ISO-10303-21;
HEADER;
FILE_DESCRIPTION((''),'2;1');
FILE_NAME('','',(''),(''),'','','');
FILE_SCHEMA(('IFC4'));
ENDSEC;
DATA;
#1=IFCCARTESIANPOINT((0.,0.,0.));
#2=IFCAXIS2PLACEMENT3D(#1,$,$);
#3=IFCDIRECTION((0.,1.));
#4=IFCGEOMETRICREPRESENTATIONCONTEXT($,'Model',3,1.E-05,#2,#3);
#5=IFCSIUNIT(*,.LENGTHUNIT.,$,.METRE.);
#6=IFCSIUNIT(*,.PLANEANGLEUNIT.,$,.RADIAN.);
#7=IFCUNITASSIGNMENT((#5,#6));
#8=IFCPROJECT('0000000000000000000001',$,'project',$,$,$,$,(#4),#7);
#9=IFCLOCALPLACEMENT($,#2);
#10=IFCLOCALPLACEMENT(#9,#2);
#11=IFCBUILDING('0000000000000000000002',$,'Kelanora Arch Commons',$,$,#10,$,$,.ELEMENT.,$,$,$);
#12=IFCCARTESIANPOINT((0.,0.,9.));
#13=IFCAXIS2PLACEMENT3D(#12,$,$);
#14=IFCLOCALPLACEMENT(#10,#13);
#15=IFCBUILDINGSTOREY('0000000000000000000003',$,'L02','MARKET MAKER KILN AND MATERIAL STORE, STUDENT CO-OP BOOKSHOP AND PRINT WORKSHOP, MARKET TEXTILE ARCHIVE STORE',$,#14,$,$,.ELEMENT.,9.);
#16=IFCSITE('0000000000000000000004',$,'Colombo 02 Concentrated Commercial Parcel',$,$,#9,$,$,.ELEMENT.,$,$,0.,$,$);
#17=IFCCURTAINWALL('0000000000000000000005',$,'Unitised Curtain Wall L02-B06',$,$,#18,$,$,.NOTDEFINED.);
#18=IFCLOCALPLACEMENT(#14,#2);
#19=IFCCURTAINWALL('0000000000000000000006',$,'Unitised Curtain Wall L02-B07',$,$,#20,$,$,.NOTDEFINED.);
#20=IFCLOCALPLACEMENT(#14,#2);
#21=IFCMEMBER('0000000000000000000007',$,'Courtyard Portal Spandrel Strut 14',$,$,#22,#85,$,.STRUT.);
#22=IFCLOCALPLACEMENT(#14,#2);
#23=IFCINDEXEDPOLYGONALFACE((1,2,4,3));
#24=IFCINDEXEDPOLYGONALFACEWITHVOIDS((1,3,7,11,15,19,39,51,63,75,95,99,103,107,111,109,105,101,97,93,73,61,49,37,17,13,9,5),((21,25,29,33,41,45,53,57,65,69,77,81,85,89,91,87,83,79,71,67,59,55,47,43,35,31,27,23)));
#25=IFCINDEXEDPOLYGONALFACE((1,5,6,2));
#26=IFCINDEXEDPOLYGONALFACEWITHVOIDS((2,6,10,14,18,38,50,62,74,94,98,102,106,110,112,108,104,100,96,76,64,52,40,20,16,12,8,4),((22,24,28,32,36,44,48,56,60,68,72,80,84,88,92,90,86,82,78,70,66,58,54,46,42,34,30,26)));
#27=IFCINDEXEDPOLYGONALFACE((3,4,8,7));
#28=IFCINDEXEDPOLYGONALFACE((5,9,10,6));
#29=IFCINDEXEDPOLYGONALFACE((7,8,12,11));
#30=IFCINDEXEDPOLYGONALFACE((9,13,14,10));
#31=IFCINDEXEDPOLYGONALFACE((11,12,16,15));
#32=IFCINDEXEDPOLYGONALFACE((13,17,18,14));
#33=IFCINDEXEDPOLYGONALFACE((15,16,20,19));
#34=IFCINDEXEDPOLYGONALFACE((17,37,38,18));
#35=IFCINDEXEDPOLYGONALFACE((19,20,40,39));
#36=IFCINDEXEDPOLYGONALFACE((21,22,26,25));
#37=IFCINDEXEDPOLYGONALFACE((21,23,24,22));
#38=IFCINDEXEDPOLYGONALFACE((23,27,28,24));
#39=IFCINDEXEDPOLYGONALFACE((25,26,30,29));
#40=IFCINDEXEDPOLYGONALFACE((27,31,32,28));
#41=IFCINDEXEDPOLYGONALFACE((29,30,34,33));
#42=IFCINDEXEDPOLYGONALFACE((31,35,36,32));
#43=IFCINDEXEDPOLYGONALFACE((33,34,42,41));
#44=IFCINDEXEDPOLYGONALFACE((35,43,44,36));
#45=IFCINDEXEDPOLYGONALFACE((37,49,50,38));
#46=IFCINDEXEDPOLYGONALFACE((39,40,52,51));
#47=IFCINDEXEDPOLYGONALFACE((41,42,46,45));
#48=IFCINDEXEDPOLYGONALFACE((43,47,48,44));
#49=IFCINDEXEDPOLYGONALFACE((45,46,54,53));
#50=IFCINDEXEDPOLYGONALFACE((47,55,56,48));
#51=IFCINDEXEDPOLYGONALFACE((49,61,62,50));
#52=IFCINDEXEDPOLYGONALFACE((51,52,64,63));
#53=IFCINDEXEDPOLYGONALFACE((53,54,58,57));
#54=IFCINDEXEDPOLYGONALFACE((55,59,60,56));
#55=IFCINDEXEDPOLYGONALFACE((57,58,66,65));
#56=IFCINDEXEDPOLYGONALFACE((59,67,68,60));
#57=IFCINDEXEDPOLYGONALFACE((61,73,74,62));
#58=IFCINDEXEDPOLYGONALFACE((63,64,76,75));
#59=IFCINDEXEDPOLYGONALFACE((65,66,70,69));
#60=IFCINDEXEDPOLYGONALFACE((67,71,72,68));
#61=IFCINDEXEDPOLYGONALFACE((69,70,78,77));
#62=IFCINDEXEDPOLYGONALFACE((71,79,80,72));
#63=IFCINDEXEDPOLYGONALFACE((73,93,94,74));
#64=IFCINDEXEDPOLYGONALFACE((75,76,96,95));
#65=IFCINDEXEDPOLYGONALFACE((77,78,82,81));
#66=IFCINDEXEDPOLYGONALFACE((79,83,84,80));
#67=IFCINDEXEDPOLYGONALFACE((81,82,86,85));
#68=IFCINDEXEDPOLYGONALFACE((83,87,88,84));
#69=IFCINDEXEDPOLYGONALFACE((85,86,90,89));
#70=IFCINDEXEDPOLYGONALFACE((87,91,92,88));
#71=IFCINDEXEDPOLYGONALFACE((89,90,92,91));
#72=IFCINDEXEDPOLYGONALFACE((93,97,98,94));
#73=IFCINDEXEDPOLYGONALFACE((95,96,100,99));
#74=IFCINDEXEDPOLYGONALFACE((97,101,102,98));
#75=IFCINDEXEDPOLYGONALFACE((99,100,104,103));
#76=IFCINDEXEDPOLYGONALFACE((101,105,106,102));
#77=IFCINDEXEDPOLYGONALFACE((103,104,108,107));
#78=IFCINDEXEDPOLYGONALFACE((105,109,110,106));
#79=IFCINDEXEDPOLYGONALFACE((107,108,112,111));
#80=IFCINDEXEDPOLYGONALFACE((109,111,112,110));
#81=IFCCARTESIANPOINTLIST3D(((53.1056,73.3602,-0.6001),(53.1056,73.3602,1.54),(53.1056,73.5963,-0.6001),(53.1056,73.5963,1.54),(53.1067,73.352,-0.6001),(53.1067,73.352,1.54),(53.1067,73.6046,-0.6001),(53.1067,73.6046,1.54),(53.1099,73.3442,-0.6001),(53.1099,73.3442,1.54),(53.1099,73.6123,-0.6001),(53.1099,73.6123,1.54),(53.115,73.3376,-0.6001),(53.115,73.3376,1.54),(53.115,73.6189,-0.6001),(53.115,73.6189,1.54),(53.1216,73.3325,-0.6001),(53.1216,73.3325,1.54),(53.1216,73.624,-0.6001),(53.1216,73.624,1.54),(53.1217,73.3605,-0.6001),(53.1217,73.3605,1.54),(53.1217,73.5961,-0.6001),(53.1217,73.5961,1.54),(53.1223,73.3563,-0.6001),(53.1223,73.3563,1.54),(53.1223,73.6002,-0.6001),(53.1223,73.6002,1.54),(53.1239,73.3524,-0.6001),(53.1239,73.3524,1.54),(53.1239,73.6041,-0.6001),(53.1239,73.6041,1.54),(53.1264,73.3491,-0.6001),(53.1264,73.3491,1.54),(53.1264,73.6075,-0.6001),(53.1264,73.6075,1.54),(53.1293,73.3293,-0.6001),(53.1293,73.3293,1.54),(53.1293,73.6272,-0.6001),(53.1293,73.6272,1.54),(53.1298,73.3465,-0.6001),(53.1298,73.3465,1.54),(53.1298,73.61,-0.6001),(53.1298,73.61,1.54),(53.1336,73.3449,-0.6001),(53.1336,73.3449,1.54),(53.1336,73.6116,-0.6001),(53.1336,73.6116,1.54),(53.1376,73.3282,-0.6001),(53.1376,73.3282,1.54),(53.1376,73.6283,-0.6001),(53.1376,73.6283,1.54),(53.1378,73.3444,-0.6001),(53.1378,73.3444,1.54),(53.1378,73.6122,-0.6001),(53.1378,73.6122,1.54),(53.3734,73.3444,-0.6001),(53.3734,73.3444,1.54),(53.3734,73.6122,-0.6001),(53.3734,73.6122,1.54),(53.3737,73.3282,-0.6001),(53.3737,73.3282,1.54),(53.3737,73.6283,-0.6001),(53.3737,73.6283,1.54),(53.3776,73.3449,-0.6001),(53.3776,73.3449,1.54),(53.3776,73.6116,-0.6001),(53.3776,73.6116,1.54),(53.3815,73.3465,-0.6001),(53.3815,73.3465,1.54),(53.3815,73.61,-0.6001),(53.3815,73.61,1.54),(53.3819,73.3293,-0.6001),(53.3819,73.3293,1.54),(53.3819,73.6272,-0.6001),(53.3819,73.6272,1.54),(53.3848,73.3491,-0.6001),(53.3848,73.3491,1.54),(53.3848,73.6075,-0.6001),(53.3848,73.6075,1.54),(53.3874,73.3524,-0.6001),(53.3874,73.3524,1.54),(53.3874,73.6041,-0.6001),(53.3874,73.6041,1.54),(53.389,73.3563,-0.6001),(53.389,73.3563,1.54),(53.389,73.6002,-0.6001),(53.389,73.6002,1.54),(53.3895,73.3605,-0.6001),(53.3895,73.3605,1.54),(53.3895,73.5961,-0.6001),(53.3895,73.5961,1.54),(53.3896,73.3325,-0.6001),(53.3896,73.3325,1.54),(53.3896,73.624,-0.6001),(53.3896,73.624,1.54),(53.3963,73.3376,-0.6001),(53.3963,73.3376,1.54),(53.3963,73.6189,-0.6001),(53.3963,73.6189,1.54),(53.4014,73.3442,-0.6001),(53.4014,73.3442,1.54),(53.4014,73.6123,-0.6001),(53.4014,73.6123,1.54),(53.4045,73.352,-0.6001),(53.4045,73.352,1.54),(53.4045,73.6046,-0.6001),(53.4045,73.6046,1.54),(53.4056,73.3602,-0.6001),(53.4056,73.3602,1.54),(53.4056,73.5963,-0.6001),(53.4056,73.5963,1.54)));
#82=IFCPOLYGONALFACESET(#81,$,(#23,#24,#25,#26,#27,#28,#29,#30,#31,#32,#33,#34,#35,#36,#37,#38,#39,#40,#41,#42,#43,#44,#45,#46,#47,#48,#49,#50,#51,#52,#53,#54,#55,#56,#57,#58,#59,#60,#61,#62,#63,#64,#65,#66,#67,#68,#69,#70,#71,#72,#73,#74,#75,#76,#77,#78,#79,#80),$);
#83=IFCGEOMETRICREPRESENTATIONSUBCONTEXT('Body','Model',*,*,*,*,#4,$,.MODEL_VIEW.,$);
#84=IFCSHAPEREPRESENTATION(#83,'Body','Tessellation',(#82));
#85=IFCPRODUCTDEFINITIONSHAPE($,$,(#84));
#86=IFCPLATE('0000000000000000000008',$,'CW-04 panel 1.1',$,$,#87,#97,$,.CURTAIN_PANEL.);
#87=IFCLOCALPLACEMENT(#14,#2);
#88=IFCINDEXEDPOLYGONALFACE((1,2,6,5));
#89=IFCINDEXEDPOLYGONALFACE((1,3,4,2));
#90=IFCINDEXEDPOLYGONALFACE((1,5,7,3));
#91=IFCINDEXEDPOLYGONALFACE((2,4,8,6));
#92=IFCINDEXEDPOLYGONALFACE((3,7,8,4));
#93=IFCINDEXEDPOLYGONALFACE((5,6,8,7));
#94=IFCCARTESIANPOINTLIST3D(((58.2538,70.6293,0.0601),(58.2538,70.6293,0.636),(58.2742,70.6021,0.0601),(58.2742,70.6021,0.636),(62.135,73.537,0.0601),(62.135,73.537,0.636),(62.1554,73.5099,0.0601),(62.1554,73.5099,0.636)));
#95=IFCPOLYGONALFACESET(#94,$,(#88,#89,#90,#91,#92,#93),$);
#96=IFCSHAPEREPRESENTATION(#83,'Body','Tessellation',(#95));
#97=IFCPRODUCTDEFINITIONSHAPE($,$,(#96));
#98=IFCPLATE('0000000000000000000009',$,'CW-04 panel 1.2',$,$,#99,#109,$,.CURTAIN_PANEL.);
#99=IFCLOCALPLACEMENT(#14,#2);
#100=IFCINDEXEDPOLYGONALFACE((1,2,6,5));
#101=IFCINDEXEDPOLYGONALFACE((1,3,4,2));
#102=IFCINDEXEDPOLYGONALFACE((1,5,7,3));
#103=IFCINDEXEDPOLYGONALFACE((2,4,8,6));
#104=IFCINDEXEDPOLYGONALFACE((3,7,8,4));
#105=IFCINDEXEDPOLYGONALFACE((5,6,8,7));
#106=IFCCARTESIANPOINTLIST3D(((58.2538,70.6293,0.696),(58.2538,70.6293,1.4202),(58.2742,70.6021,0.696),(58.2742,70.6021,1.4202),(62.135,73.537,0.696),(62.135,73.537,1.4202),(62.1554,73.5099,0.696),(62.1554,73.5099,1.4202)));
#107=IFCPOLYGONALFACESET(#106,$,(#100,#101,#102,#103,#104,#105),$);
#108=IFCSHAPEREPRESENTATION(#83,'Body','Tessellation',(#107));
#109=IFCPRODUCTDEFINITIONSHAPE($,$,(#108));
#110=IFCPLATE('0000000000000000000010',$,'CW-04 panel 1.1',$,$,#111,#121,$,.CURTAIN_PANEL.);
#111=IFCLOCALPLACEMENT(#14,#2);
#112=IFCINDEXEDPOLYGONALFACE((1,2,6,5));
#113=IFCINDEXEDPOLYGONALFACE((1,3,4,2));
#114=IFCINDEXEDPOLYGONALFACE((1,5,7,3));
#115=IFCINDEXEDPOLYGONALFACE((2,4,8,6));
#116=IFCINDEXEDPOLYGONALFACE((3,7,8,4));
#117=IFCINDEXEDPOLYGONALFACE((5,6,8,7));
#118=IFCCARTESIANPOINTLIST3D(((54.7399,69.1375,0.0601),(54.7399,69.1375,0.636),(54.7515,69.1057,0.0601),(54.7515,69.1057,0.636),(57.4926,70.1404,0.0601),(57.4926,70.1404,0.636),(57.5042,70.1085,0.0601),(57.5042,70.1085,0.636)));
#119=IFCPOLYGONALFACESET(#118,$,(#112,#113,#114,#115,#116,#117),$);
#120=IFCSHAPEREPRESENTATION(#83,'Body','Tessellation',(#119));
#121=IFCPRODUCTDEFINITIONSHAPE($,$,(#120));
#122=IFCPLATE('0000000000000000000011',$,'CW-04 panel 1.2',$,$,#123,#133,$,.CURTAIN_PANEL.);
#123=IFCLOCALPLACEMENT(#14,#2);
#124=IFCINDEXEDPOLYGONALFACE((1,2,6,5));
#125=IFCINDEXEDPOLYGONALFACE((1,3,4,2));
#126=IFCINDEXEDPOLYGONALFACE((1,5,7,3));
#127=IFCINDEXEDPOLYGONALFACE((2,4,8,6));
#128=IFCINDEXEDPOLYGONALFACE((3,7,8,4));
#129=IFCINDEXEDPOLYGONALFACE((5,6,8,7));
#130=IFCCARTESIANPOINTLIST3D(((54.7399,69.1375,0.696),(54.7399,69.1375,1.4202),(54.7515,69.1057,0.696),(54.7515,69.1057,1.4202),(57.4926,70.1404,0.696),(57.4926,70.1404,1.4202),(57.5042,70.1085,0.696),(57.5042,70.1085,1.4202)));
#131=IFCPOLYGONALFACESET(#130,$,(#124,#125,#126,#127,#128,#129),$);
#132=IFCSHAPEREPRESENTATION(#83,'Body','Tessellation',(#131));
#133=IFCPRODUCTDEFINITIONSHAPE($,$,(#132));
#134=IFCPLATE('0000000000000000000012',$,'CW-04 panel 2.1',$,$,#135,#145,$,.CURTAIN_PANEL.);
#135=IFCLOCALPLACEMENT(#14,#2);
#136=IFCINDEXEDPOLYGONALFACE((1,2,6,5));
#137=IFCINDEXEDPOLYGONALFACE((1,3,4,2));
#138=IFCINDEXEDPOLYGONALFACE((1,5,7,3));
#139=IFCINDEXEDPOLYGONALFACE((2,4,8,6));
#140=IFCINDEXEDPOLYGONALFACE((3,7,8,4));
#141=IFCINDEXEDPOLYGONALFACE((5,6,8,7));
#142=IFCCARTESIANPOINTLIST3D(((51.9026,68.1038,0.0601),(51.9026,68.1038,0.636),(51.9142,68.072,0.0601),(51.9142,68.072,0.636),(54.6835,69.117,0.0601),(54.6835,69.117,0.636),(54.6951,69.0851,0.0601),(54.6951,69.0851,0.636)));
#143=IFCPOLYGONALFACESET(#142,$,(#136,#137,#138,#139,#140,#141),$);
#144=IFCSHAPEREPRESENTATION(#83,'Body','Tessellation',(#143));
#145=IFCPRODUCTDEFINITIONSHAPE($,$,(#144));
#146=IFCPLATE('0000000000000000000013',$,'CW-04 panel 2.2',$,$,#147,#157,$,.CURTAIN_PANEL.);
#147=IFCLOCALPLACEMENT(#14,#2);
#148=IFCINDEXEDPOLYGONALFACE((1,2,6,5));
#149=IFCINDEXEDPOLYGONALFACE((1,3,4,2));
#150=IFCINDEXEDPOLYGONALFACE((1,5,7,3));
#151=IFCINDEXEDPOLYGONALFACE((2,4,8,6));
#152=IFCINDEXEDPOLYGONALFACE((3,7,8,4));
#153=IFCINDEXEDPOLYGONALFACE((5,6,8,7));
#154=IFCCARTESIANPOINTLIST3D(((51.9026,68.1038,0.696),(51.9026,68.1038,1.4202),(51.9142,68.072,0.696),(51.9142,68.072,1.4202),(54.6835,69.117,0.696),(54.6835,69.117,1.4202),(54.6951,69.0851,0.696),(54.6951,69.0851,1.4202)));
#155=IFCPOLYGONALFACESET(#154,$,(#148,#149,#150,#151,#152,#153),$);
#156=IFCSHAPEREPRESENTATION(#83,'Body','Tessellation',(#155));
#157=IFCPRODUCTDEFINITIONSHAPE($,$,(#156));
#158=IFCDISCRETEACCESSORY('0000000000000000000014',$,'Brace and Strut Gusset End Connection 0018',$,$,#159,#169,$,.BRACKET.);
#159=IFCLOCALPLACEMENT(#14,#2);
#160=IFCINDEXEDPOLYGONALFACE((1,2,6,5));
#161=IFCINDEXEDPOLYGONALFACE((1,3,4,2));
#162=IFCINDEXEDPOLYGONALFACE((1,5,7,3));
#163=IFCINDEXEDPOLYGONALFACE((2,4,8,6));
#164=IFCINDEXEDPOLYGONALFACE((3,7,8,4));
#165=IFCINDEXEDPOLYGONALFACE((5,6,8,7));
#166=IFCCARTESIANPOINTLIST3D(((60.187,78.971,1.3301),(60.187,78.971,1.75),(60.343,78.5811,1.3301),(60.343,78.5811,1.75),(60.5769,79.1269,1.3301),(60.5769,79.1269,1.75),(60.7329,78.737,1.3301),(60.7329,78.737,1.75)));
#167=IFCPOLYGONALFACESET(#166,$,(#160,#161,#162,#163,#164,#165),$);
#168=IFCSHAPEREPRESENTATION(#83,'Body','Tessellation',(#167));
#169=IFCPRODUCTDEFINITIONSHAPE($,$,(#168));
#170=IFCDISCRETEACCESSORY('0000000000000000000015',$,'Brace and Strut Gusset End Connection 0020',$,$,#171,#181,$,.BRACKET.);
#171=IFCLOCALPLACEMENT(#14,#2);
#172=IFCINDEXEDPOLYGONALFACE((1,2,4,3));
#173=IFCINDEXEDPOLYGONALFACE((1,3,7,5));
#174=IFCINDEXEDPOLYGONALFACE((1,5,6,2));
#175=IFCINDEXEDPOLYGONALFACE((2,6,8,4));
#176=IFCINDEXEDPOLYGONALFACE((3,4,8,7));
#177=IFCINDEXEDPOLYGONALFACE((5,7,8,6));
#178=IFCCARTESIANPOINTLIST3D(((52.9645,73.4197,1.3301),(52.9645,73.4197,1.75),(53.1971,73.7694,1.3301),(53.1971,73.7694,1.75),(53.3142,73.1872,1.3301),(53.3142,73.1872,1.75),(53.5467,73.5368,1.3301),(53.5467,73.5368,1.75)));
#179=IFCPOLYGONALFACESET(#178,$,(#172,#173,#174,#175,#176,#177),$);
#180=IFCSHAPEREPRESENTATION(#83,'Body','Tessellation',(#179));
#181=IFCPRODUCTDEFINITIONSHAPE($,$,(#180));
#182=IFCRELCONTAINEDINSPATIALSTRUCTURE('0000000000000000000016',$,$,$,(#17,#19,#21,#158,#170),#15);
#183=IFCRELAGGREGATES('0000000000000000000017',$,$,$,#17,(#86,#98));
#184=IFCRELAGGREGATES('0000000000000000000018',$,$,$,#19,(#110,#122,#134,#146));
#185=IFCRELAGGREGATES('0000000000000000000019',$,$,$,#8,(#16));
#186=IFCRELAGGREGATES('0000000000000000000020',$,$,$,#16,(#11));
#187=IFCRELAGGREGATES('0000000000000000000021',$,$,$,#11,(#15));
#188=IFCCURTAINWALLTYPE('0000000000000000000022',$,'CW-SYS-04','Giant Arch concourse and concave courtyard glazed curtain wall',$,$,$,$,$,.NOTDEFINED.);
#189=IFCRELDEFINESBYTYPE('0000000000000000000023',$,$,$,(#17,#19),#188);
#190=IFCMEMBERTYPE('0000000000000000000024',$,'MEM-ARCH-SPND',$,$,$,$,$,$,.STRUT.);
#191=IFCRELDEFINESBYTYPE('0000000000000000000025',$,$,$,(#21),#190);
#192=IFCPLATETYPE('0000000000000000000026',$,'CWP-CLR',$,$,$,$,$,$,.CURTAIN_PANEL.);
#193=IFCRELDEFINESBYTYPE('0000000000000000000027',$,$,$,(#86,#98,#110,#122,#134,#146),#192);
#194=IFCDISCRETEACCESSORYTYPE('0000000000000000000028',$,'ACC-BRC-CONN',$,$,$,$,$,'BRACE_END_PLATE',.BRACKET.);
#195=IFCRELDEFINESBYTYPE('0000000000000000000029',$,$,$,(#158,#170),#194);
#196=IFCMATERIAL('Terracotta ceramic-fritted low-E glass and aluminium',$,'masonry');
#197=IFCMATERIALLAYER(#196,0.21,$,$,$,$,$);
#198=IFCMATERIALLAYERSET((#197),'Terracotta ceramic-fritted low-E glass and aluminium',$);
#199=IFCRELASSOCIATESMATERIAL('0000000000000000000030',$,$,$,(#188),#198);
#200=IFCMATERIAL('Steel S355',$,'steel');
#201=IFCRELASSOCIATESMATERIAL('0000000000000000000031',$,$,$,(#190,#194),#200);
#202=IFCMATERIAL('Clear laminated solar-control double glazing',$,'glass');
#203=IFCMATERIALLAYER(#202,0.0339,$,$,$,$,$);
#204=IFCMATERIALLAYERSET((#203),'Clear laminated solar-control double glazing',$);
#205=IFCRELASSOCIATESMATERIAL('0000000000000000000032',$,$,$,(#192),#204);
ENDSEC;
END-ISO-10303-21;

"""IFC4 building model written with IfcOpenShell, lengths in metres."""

from ifc_helpers import new_model, si_unit, direction, frame, origin, origin_2d, place, context, subcontext, project, spatial, rectangle, hollow_rectangle, extrude, source, transform, mapped, material, layer, layer_set, material_profile, profile_set, type_object, element, aggregate, save


model = new_model("IFC4")

# Units and contexts
model_context = context("Model", 3, precision=1e-05, world=origin(), true_north=direction((0.0, 1.0)))
body_context = subcontext(model_context, "Body", "Model", "MODEL_VIEW")
ifc_project = project(units=[si_unit("LENGTHUNIT", "METRE"), si_unit("PLANEANGLEUNIT", "RADIAN")], contexts=[model_context])

# Site, building, storey
site_placement = place(None, origin())
site = spatial("IfcSite", under=ifc_project, at=site_placement, Name="Colombo 02 Concentrated Commercial Parcel", CompositionType="ELEMENT", RefElevation=0.0)
building_placement = place(site_placement, origin())
building = spatial("IfcBuilding", under=site, at=building_placement, Name="Kelanora Arch Commons", CompositionType="ELEMENT")
storey_placement = place(building_placement, frame((0.0, 0.0, 9.0)))
storey = spatial("IfcBuildingStorey", under=building, at=storey_placement, Name="L02", Description="MARKET MAKER KILN AND MATERIAL STORE, STUDENT CO-OP BOOKSHOP AND PRINT WORKSHOP, MARKET TEXTILE ARCHIVE STORE", CompositionType="ELEMENT", Elevation=9.0)

# Shared definitions
ifc_material_1 = material(Name="Steel S355", Category="steel")

# Curtain wall
ifc_material_2 = material(Name="Terracotta ceramic-fritted low-E glass and aluminium", Category="masonry")
ifc_layer_1 = layer(ifc_material_2, 0.21)
ifc_layer_set_1 = layer_set([ifc_layer_1], Name="Terracotta ceramic-fritted low-E glass and aluminium")
curtain_wall_type = type_object("IfcCurtainWallType", Name="CW-SYS-04", Description="Giant Arch concourse and concave courtyard glazed curtain wall", PredefinedType="NOTDEFINED", material=ifc_layer_set_1)
curtain_wall_1_placement = place(storey_placement, origin())
curtain_wall_1 = element("IfcCurtainWall", 1, at=curtain_wall_1_placement, inside=storey, type_object=curtain_wall_type, Name="Unitised Curtain Wall L02-B06", PredefinedType="NOTDEFINED")

# Curtain wall
curtain_wall_2_placement = place(storey_placement, origin())
curtain_wall_2 = element("IfcCurtainWall", 2, at=curtain_wall_2_placement, inside=storey, type_object=curtain_wall_type, Name="Unitised Curtain Wall L02-B07", PredefinedType="NOTDEFINED")

# Member
ifc_material_profile_1 = material_profile(ifc_material_1, hollow_rectangle(XDim=0.3, YDim=0.3, WallThickness=0.0161, InnerFilletRadius=0.0161, OuterFilletRadius=0.032, at=origin_2d()), Name="SHS300x300x16")
ifc_profile_set_1 = profile_set([ifc_material_profile_1], Name="Steel S355")
member_type_1 = type_object("IfcMemberType", Name="MEM-ARCH-SPND", PredefinedType="STRUT", material=ifc_profile_set_1)
for number, where, z_axis, x_axis, name in (
    (3, (53.2556, 73.4783, -0.6001), (0.0, 0.0, 1.0), (1.0, 0.0, 0.0), "Courtyard Portal Spandrel Strut 14"),
):
    element("IfcMember", number, at=place(storey_placement, frame(where, z_axis=z_axis, x_axis=x_axis)), inside=storey, type_object=member_type_1, Name=name, PredefinedType="STRUT", context=body_context, shape_type="SweptSolid", body=[
        extrude(hollow_rectangle(XDim=0.3, YDim=0.3, WallThickness=0.0161, InnerFilletRadius=0.0161, OuterFilletRadius=0.032, at=origin_2d()), origin(), (0.0, 0.0, 1.0), 2.1401),
    ])

# Plates
ifc_material_3 = material(Name="Clear laminated solar-control double glazing", Category="glass")
ifc_layer_2 = layer(ifc_material_3, 0.0339)
ifc_layer_set_2 = layer_set([ifc_layer_2], Name="Clear laminated solar-control double glazing")
plate_type = type_object("IfcPlateType", Name="CWP-CLR", PredefinedType="CURTAIN_PANEL", material=ifc_layer_set_2)
shared_shape_1 = source(origin(), body_context, "Body", "SweptSolid", [
    extrude(rectangle(XDim=4.8496, YDim=0.0339, at=origin_2d()), origin(), (0.0, 0.0, 1.0), 0.5759),
])
plate_1_placement = place(storey_placement, frame((60.2046, 72.0696, 0.0601), z_axis=(0.0, 0.0, 1.0), x_axis=(-0.800309, -0.599588, 0.0)))
plate_1 = element("IfcPlate", 4, at=plate_1_placement, type_object=plate_type, Name="CW-04 panel 1.1", PredefinedType="CURTAIN_PANEL", context=body_context, shape_type="MappedRepresentation", body=[
    mapped(shared_shape_1, transform((0.0, 0.0, 0.0), scale=1.0)),
])
shared_shape_2 = source(origin(), body_context, "Body", "SweptSolid", [
    extrude(rectangle(XDim=4.8496, YDim=0.0339, at=origin_2d()), origin(), (0.0, 0.0, 1.0), 0.7241),
])
plate_2_placement = place(storey_placement, frame((60.2046, 72.0696, 0.696), z_axis=(0.0, 0.0, 1.0), x_axis=(-0.800309, -0.599588, 0.0)))
plate_2 = element("IfcPlate", 5, at=plate_2_placement, type_object=plate_type, Name="CW-04 panel 1.2", PredefinedType="CURTAIN_PANEL", context=body_context, shape_type="MappedRepresentation", body=[
    mapped(shared_shape_2, transform((0.0, 0.0, 0.0), scale=1.0)),
])
aggregate(curtain_wall_1, [plate_1, plate_2])
shared_shape_3 = source(origin(), body_context, "Body", "SweptSolid", [
    extrude(rectangle(XDim=2.9297, YDim=0.0339, at=origin_2d()), origin(), (0.0, 0.0, 1.0), 0.5759),
])
plate_3_placement = place(storey_placement, frame((56.1221, 69.623, 0.0601), z_axis=(0.0, 0.0, 1.0), x_axis=(-0.939584, -0.342318, 0.0)))
plate_3 = element("IfcPlate", 6, at=plate_3_placement, type_object=plate_type, Name="CW-04 panel 1.1", PredefinedType="CURTAIN_PANEL", context=body_context, shape_type="MappedRepresentation", body=[
    mapped(shared_shape_3, transform((0.0, 0.0, 0.0), scale=1.0)),
])
shared_shape_4 = source(origin(), body_context, "Body", "SweptSolid", [
    extrude(rectangle(XDim=2.9297, YDim=0.0339, at=origin_2d()), origin(), (0.0, 0.0, 1.0), 0.7241),
])
plate_4_placement = place(storey_placement, frame((56.1221, 69.623, 0.696), z_axis=(0.0, 0.0, 1.0), x_axis=(-0.939584, -0.342318, 0.0)))
plate_4 = element("IfcPlate", 7, at=plate_4_placement, type_object=plate_type, Name="CW-04 panel 1.2", PredefinedType="CURTAIN_PANEL", context=body_context, shape_type="MappedRepresentation", body=[
    mapped(shared_shape_4, transform((0.0, 0.0, 0.0), scale=1.0)),
])
shared_shape_5 = source(origin(), body_context, "Body", "SweptSolid", [
    extrude(rectangle(XDim=2.9597, YDim=0.0339, at=origin_2d()), origin(), (0.0, 0.0, 1.0), 0.5759),
])
plate_5_placement = place(storey_placement, frame((53.2988, 68.5945, 0.0601), z_axis=(0.0, 0.0, 1.0), x_axis=(-0.939584, -0.342318, 0.0)))
plate_5 = element("IfcPlate", 8, at=plate_5_placement, type_object=plate_type, Name="CW-04 panel 2.1", PredefinedType="CURTAIN_PANEL", context=body_context, shape_type="MappedRepresentation", body=[
    mapped(shared_shape_5, transform((0.0, 0.0, 0.0), scale=1.0)),
])
shared_shape_6 = source(origin(), body_context, "Body", "SweptSolid", [
    extrude(rectangle(XDim=2.9597, YDim=0.0339, at=origin_2d()), origin(), (0.0, 0.0, 1.0), 0.7241),
])
plate_6_placement = place(storey_placement, frame((53.2988, 68.5945, 0.696), z_axis=(0.0, 0.0, 1.0), x_axis=(-0.939584, -0.342318, 0.0)))
plate_6 = element("IfcPlate", 9, at=plate_6_placement, type_object=plate_type, Name="CW-04 panel 2.2", PredefinedType="CURTAIN_PANEL", context=body_context, shape_type="MappedRepresentation", body=[
    mapped(shared_shape_6, transform((0.0, 0.0, 0.0), scale=1.0)),
])
aggregate(curtain_wall_2, [plate_3, plate_4, plate_5, plate_6])

# Discrete accessories
discrete_accessory_type = type_object("IfcDiscreteAccessoryType", Name="ACC-BRC-CONN", ElementType="BRACE_END_PLATE", PredefinedType="BRACKET", material=ifc_material_1)
shared_shape_7 = source(origin(), body_context, "Body", "SweptSolid", [
    extrude(rectangle(XDim=0.4199, YDim=0.4199, at=origin_2d()), origin(), (0.0, 0.0, 1.0), 0.4199),
])
for number, where, z_axis, x_axis, name in (
    (10, (60.46, 78.854, 1.3301), (0.0, 0.0, 1.0), (-0.371368, 0.928486, 0.0), "Brace and Strut Gusset End Connection 0018"),
    (11, (53.2556, 73.4783, 1.3301), (0.0, 0.0, 1.0), (-0.832631, 0.553828, 0.0), "Brace and Strut Gusset End Connection 0020"),
):
    element("IfcDiscreteAccessory", number, at=place(storey_placement, frame(where, z_axis=z_axis, x_axis=x_axis)), inside=storey, type_object=discrete_accessory_type, Name=name, PredefinedType="BRACKET", context=body_context, shape_type="MappedRepresentation", body=[
        mapped(shared_shape_7, transform((0.0, 0.0, 0.0), scale=1.0)),
    ])

save(model, "model.ifc")
